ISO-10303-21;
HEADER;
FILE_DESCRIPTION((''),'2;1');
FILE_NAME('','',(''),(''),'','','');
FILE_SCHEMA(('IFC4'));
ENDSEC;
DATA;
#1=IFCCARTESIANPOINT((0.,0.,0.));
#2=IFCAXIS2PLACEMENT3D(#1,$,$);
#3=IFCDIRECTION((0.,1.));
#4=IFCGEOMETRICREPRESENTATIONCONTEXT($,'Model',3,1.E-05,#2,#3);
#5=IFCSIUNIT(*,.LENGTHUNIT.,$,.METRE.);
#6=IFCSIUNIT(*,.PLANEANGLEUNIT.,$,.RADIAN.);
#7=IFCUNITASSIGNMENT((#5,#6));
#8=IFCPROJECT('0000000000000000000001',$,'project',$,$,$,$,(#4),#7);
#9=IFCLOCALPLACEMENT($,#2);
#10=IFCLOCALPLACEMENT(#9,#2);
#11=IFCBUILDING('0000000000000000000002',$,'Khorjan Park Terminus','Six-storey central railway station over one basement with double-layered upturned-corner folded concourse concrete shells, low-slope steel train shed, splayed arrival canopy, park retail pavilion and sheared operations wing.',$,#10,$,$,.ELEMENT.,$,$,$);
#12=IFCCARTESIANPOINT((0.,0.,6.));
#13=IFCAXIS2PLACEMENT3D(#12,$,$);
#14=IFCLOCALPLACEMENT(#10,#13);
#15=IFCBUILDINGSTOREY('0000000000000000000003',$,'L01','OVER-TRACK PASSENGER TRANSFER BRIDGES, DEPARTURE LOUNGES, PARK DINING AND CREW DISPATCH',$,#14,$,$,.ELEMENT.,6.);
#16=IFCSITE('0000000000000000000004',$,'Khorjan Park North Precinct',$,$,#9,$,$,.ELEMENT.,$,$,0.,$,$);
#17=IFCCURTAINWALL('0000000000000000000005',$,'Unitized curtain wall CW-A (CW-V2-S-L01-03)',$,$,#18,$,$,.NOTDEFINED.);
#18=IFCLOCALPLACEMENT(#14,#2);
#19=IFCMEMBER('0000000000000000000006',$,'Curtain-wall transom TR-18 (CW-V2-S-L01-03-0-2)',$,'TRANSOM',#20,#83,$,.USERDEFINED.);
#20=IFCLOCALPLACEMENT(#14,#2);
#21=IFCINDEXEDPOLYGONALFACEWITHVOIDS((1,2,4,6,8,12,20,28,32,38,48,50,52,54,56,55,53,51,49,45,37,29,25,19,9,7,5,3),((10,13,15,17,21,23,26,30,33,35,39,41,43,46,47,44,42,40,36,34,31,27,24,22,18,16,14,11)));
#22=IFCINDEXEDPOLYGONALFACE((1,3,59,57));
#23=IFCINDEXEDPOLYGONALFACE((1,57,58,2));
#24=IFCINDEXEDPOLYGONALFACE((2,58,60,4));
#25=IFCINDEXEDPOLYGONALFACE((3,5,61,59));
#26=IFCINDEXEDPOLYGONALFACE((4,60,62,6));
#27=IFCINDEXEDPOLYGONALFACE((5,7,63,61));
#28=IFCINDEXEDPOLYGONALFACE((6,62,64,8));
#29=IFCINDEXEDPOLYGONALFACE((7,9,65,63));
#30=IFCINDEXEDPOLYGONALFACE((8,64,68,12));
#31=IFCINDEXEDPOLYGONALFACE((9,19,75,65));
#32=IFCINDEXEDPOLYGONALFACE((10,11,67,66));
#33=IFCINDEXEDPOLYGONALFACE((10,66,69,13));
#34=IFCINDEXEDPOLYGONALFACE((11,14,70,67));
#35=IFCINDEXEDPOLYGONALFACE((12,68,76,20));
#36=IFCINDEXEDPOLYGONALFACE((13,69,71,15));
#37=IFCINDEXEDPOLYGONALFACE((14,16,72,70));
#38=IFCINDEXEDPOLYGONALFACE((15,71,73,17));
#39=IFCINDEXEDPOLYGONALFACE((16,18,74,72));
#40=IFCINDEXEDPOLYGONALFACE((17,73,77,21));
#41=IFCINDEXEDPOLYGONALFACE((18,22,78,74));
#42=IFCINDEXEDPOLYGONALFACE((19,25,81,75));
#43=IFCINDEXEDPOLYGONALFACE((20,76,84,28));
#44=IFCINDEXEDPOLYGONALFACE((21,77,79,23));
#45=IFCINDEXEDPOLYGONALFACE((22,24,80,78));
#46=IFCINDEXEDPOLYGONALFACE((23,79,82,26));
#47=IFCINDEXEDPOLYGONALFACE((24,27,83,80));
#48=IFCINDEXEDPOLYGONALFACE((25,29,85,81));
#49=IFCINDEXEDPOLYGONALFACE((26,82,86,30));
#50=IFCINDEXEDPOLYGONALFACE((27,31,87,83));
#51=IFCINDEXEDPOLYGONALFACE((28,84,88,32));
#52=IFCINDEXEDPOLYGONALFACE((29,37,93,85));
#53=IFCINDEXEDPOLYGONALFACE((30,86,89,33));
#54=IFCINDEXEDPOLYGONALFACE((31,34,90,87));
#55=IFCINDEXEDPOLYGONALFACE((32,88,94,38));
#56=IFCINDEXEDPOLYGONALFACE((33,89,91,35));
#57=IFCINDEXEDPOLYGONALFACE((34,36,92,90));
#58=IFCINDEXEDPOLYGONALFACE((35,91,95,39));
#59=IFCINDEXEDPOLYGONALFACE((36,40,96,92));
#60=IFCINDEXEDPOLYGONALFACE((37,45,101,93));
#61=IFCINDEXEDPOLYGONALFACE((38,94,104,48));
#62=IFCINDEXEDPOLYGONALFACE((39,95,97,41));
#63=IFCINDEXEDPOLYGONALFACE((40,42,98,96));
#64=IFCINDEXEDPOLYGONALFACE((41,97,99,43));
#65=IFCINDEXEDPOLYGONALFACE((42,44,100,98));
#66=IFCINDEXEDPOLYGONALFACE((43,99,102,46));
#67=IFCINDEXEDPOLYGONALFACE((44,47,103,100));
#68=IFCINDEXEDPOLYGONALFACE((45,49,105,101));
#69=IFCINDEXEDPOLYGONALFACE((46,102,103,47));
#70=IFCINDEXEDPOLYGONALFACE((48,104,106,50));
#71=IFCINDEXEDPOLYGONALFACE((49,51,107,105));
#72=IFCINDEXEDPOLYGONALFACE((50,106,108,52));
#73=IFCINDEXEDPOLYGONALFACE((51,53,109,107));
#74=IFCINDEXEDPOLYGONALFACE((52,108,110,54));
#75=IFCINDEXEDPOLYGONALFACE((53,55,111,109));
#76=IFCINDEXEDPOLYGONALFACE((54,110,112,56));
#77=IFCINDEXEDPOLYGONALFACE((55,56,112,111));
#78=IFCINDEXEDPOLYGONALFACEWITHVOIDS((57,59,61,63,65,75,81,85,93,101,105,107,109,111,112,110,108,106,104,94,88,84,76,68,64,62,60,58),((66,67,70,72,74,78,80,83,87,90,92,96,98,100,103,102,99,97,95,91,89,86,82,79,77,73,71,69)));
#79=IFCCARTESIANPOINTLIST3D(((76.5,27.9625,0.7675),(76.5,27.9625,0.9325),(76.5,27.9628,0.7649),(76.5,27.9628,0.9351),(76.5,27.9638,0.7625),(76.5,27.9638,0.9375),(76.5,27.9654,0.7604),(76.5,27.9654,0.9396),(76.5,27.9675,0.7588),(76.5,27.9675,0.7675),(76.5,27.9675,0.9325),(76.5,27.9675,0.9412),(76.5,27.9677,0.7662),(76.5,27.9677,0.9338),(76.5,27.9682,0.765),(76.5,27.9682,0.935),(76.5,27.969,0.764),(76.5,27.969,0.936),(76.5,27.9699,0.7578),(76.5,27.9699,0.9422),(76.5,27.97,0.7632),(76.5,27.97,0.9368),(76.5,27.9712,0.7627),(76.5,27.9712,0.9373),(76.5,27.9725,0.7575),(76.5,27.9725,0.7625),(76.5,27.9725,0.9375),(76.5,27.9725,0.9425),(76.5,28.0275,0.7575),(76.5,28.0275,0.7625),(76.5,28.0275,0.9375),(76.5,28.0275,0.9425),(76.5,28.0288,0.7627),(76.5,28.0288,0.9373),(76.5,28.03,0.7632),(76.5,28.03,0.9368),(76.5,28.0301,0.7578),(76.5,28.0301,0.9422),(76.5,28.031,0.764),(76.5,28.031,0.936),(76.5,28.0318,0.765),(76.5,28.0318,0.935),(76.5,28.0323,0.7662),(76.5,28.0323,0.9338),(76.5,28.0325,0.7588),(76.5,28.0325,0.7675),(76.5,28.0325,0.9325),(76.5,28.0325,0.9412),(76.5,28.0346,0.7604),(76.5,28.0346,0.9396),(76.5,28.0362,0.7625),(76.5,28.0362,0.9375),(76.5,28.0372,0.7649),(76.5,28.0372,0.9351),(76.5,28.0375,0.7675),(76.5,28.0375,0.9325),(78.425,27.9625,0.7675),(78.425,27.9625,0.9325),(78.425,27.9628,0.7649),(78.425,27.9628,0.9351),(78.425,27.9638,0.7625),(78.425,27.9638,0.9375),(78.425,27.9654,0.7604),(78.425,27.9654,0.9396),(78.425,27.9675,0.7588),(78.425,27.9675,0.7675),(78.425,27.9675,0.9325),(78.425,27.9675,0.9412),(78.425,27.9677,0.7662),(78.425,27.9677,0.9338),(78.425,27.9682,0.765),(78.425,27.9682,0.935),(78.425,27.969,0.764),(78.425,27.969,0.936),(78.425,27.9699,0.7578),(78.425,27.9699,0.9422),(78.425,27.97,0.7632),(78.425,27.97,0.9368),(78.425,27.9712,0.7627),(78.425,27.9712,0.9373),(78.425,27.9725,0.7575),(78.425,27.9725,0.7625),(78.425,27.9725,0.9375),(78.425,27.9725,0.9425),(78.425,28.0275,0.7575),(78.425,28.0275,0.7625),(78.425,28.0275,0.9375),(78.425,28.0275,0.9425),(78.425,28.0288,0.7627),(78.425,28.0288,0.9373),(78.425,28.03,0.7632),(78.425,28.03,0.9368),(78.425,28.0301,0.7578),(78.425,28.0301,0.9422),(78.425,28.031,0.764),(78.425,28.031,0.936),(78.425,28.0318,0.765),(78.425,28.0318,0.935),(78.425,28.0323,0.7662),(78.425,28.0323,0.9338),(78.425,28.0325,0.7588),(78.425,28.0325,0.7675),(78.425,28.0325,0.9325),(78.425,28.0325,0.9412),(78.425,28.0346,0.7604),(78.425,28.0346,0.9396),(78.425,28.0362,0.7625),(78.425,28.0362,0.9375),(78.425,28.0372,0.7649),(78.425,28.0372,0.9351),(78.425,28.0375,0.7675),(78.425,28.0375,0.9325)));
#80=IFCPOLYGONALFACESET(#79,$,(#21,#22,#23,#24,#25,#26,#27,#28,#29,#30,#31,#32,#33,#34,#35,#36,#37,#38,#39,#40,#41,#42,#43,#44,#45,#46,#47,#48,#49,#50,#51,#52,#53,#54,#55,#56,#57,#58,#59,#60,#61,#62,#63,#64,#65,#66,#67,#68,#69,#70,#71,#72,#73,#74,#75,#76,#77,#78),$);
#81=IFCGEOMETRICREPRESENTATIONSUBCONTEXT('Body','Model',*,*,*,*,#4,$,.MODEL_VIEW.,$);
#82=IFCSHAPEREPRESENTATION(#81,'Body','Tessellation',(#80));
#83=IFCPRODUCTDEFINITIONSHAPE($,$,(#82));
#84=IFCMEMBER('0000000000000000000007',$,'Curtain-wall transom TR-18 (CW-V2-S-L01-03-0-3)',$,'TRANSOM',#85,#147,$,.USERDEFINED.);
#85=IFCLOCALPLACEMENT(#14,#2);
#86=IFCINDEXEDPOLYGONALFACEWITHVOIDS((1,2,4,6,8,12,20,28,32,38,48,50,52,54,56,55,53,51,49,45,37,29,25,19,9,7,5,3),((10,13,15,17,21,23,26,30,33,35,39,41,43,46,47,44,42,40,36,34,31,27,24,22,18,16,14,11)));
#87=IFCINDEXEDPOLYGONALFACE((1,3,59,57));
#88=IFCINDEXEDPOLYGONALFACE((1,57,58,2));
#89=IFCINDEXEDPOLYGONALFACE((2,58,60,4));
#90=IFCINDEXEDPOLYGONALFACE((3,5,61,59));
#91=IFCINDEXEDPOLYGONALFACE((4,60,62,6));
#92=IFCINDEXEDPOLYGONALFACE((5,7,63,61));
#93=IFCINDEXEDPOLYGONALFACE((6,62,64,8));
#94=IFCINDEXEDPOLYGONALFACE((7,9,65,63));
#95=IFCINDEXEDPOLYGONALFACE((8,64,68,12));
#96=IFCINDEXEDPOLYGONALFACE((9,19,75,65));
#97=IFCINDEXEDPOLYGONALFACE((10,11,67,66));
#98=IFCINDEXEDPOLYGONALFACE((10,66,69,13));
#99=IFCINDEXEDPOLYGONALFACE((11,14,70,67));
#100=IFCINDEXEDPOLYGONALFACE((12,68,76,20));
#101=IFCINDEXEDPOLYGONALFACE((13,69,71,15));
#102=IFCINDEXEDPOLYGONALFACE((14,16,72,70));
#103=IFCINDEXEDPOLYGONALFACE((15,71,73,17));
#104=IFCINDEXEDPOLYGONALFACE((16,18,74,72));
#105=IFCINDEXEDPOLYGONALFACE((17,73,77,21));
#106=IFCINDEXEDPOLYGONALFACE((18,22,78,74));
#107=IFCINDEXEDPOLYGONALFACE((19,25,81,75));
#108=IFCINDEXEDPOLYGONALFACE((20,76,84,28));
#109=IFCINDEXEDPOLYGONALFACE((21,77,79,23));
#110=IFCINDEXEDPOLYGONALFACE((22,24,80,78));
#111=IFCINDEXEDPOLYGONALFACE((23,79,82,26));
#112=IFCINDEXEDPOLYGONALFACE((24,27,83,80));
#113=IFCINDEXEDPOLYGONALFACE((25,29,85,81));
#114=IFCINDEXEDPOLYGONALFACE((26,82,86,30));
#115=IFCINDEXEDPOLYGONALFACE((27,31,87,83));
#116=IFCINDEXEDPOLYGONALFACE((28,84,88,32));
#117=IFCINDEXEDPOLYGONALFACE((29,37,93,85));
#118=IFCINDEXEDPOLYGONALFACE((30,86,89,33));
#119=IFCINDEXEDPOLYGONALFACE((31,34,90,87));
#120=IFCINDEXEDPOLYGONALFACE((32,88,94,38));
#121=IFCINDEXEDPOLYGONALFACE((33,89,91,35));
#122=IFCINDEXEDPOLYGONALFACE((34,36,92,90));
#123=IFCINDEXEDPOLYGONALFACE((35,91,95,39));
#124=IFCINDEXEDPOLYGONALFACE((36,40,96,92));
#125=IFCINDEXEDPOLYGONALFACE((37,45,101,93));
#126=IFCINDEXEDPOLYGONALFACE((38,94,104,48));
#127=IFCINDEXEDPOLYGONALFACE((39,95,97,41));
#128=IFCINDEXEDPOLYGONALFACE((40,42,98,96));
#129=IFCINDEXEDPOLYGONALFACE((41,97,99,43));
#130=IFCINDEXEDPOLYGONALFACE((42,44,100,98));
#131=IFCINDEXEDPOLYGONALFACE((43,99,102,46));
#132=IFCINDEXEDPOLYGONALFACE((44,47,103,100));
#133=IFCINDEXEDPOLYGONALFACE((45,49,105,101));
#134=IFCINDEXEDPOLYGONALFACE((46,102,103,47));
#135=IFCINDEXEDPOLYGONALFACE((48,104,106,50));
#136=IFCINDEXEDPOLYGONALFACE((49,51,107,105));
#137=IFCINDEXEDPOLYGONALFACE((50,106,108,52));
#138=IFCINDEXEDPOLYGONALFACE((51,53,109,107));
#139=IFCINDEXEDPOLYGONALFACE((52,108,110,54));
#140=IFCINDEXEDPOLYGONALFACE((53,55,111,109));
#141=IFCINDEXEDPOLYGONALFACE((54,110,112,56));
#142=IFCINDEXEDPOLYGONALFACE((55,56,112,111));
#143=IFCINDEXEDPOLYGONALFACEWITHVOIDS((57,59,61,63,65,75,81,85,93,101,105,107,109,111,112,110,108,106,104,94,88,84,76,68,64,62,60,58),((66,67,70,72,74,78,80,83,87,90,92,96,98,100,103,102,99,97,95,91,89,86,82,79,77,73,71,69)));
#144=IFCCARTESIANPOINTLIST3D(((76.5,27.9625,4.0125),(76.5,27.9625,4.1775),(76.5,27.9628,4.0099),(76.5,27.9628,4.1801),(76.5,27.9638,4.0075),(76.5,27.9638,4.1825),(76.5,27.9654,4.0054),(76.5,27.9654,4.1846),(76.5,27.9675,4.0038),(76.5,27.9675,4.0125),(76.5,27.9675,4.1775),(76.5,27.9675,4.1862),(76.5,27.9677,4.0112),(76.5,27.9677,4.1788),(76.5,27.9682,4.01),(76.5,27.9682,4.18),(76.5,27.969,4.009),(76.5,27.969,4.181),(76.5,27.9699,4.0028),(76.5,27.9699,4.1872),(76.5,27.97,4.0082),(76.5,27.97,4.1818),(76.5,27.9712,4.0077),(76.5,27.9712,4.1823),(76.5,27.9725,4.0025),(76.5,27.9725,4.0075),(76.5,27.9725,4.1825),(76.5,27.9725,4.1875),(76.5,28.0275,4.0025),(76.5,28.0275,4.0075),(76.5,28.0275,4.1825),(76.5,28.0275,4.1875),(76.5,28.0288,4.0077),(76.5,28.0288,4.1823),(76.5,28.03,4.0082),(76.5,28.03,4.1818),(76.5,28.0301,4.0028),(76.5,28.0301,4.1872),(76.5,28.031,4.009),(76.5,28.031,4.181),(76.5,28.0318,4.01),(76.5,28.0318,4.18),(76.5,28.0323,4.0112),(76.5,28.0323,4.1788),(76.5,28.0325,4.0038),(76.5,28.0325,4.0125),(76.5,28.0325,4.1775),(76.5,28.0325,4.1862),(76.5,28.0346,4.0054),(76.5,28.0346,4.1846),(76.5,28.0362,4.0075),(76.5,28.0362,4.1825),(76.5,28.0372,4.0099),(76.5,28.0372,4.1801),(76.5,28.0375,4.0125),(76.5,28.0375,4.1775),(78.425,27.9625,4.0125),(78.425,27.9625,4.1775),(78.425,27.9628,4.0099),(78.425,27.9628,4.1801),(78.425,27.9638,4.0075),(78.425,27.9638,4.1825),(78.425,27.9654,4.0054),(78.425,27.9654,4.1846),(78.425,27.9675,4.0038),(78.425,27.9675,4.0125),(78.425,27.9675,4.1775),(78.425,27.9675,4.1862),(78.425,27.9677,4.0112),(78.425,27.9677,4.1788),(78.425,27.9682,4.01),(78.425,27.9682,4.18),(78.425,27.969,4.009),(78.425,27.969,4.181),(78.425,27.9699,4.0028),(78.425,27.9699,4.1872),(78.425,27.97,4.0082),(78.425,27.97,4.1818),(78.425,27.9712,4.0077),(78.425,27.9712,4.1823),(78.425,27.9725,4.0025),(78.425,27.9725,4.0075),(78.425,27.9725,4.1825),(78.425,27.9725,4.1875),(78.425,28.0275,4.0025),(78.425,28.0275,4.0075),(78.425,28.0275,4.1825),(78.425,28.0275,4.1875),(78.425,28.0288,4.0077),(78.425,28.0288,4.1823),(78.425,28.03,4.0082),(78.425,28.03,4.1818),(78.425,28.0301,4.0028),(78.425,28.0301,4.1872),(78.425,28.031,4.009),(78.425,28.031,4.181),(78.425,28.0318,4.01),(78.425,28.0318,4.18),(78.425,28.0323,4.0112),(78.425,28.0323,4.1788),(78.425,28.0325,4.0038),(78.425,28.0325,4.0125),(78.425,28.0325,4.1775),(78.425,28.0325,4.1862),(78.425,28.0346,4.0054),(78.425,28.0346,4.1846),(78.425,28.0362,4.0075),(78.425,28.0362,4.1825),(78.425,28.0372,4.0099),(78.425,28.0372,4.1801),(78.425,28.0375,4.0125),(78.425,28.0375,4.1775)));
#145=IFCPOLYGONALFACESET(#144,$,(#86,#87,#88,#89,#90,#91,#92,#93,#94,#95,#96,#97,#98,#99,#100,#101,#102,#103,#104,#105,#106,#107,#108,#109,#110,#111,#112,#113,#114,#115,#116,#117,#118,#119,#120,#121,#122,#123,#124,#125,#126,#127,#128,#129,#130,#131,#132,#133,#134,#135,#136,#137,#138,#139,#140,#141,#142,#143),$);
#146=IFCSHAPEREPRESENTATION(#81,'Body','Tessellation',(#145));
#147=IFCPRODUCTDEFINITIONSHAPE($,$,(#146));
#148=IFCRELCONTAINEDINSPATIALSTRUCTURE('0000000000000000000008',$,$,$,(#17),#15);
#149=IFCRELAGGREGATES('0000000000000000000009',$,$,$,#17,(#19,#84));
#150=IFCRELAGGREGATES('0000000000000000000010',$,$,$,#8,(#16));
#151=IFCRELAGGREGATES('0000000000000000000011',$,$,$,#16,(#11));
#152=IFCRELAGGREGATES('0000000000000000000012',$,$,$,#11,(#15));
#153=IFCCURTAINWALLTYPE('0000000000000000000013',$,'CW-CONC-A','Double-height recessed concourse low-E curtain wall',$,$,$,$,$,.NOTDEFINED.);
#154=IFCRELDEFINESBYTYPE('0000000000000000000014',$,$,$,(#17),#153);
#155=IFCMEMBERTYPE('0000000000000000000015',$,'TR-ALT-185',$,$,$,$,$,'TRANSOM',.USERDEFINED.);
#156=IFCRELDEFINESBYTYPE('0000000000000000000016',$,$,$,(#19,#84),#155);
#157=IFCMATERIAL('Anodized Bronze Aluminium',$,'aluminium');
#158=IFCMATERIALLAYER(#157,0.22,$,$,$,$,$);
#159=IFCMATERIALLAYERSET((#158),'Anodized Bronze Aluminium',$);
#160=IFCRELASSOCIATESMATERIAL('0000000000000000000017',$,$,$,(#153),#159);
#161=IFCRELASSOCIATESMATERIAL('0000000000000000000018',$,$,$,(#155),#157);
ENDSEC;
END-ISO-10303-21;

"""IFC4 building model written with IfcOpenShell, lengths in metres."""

from ifc_helpers import new_model, si_unit, direction, frame, origin, origin_2d, place, context, subcontext, project, spatial, hollow_rectangle, extrude, material, layer, layer_set, material_profile, profile_set, type_object, element, aggregate, save


model = new_model("IFC4")

# Units and contexts
model_context = context("Model", 3, precision=1e-05, world=origin(), true_north=direction((0.0, 1.0)))
body_context = subcontext(model_context, "Body", "Model", "MODEL_VIEW")
ifc_project = project(units=[si_unit("LENGTHUNIT", "METRE"), si_unit("PLANEANGLEUNIT", "RADIAN")], contexts=[model_context])

# Site, building, storey
site_placement = place(None, origin())
site = spatial("IfcSite", under=ifc_project, at=site_placement, Name="Khorjan Park North Precinct", CompositionType="ELEMENT", RefElevation=0.0)
building_placement = place(site_placement, origin())
building = spatial("IfcBuilding", under=site, at=building_placement, Name="Khorjan Park Terminus", Description="Six-storey central railway station over one basement with double-layered upturned-corner folded concourse concrete shells, low-slope steel train shed, splayed arrival canopy, park retail pavilion and sheared operations wing.", CompositionType="ELEMENT")
storey_placement = place(building_placement, frame((0.0, 0.0, 6.0)))
storey = spatial("IfcBuildingStorey", under=building, at=storey_placement, Name="L01", Description="OVER-TRACK PASSENGER TRANSFER BRIDGES, DEPARTURE LOUNGES, PARK DINING AND CREW DISPATCH", CompositionType="ELEMENT", Elevation=6.0)

# Curtain wall
ifc_material_1 = material(Name="Anodized Bronze Aluminium", Category="aluminium")
ifc_layer_1 = layer(ifc_material_1, 0.22)
ifc_layer_set_1 = layer_set([ifc_layer_1], Name="Anodized Bronze Aluminium")
curtain_wall_type = type_object("IfcCurtainWallType", Name="CW-CONC-A", Description="Double-height recessed concourse low-E curtain wall", PredefinedType="NOTDEFINED", material=ifc_layer_set_1)
curtain_wall_1_placement = place(storey_placement, origin())
curtain_wall_1 = element("IfcCurtainWall", 1, at=curtain_wall_1_placement, inside=storey, type_object=curtain_wall_type, Name="Unitized curtain wall CW-A (CW-V2-S-L01-03)", PredefinedType="NOTDEFINED")

# Members
ifc_material_profile_1 = material_profile(ifc_material_1, hollow_rectangle(XDim=0.075, YDim=0.185, WallThickness=0.005, InnerFilletRadius=0.005, OuterFilletRadius=0.01, at=origin_2d()), Name="ALT 75x185x5")
ifc_profile_set_1 = profile_set([ifc_material_profile_1], Name="Anodized Bronze Aluminium")
member_type_1 = type_object("IfcMemberType", Name="TR-ALT-185", ElementType="TRANSOM", PredefinedType="USERDEFINED", material=ifc_profile_set_1)
member_1_placement = place(storey_placement, frame((76.5, 28.0, 0.85), z_axis=(1.0, 0.0, 0.0), x_axis=(0.0, 1.0, 0.0)))
member_1 = element("IfcMember", 2, at=member_1_placement, type_object=member_type_1, Name="Curtain-wall transom TR-18 (CW-V2-S-L01-03-0-2)", ObjectType="TRANSOM", PredefinedType="USERDEFINED", context=body_context, shape_type="SweptSolid", body=[
    extrude(hollow_rectangle(XDim=0.075, YDim=0.185, WallThickness=0.005, InnerFilletRadius=0.005, OuterFilletRadius=0.01, at=origin_2d()), origin(), (0.0, 0.0, 1.0), 1.925),
])
member_2_placement = place(storey_placement, frame((76.5, 28.0, 4.095), z_axis=(1.0, 0.0, 0.0), x_axis=(0.0, 1.0, 0.0)))
member_2 = element("IfcMember", 3, at=member_2_placement, type_object=member_type_1, Name="Curtain-wall transom TR-18 (CW-V2-S-L01-03-0-3)", ObjectType="TRANSOM", PredefinedType="USERDEFINED", context=body_context, shape_type="SweptSolid", body=[
    extrude(hollow_rectangle(XDim=0.075, YDim=0.185, WallThickness=0.005, InnerFilletRadius=0.005, OuterFilletRadius=0.01, at=origin_2d()), origin(), (0.0, 0.0, 1.0), 1.925),
])

aggregate(curtain_wall_1, [member_1, member_2])

save(model, "model.ifc")
